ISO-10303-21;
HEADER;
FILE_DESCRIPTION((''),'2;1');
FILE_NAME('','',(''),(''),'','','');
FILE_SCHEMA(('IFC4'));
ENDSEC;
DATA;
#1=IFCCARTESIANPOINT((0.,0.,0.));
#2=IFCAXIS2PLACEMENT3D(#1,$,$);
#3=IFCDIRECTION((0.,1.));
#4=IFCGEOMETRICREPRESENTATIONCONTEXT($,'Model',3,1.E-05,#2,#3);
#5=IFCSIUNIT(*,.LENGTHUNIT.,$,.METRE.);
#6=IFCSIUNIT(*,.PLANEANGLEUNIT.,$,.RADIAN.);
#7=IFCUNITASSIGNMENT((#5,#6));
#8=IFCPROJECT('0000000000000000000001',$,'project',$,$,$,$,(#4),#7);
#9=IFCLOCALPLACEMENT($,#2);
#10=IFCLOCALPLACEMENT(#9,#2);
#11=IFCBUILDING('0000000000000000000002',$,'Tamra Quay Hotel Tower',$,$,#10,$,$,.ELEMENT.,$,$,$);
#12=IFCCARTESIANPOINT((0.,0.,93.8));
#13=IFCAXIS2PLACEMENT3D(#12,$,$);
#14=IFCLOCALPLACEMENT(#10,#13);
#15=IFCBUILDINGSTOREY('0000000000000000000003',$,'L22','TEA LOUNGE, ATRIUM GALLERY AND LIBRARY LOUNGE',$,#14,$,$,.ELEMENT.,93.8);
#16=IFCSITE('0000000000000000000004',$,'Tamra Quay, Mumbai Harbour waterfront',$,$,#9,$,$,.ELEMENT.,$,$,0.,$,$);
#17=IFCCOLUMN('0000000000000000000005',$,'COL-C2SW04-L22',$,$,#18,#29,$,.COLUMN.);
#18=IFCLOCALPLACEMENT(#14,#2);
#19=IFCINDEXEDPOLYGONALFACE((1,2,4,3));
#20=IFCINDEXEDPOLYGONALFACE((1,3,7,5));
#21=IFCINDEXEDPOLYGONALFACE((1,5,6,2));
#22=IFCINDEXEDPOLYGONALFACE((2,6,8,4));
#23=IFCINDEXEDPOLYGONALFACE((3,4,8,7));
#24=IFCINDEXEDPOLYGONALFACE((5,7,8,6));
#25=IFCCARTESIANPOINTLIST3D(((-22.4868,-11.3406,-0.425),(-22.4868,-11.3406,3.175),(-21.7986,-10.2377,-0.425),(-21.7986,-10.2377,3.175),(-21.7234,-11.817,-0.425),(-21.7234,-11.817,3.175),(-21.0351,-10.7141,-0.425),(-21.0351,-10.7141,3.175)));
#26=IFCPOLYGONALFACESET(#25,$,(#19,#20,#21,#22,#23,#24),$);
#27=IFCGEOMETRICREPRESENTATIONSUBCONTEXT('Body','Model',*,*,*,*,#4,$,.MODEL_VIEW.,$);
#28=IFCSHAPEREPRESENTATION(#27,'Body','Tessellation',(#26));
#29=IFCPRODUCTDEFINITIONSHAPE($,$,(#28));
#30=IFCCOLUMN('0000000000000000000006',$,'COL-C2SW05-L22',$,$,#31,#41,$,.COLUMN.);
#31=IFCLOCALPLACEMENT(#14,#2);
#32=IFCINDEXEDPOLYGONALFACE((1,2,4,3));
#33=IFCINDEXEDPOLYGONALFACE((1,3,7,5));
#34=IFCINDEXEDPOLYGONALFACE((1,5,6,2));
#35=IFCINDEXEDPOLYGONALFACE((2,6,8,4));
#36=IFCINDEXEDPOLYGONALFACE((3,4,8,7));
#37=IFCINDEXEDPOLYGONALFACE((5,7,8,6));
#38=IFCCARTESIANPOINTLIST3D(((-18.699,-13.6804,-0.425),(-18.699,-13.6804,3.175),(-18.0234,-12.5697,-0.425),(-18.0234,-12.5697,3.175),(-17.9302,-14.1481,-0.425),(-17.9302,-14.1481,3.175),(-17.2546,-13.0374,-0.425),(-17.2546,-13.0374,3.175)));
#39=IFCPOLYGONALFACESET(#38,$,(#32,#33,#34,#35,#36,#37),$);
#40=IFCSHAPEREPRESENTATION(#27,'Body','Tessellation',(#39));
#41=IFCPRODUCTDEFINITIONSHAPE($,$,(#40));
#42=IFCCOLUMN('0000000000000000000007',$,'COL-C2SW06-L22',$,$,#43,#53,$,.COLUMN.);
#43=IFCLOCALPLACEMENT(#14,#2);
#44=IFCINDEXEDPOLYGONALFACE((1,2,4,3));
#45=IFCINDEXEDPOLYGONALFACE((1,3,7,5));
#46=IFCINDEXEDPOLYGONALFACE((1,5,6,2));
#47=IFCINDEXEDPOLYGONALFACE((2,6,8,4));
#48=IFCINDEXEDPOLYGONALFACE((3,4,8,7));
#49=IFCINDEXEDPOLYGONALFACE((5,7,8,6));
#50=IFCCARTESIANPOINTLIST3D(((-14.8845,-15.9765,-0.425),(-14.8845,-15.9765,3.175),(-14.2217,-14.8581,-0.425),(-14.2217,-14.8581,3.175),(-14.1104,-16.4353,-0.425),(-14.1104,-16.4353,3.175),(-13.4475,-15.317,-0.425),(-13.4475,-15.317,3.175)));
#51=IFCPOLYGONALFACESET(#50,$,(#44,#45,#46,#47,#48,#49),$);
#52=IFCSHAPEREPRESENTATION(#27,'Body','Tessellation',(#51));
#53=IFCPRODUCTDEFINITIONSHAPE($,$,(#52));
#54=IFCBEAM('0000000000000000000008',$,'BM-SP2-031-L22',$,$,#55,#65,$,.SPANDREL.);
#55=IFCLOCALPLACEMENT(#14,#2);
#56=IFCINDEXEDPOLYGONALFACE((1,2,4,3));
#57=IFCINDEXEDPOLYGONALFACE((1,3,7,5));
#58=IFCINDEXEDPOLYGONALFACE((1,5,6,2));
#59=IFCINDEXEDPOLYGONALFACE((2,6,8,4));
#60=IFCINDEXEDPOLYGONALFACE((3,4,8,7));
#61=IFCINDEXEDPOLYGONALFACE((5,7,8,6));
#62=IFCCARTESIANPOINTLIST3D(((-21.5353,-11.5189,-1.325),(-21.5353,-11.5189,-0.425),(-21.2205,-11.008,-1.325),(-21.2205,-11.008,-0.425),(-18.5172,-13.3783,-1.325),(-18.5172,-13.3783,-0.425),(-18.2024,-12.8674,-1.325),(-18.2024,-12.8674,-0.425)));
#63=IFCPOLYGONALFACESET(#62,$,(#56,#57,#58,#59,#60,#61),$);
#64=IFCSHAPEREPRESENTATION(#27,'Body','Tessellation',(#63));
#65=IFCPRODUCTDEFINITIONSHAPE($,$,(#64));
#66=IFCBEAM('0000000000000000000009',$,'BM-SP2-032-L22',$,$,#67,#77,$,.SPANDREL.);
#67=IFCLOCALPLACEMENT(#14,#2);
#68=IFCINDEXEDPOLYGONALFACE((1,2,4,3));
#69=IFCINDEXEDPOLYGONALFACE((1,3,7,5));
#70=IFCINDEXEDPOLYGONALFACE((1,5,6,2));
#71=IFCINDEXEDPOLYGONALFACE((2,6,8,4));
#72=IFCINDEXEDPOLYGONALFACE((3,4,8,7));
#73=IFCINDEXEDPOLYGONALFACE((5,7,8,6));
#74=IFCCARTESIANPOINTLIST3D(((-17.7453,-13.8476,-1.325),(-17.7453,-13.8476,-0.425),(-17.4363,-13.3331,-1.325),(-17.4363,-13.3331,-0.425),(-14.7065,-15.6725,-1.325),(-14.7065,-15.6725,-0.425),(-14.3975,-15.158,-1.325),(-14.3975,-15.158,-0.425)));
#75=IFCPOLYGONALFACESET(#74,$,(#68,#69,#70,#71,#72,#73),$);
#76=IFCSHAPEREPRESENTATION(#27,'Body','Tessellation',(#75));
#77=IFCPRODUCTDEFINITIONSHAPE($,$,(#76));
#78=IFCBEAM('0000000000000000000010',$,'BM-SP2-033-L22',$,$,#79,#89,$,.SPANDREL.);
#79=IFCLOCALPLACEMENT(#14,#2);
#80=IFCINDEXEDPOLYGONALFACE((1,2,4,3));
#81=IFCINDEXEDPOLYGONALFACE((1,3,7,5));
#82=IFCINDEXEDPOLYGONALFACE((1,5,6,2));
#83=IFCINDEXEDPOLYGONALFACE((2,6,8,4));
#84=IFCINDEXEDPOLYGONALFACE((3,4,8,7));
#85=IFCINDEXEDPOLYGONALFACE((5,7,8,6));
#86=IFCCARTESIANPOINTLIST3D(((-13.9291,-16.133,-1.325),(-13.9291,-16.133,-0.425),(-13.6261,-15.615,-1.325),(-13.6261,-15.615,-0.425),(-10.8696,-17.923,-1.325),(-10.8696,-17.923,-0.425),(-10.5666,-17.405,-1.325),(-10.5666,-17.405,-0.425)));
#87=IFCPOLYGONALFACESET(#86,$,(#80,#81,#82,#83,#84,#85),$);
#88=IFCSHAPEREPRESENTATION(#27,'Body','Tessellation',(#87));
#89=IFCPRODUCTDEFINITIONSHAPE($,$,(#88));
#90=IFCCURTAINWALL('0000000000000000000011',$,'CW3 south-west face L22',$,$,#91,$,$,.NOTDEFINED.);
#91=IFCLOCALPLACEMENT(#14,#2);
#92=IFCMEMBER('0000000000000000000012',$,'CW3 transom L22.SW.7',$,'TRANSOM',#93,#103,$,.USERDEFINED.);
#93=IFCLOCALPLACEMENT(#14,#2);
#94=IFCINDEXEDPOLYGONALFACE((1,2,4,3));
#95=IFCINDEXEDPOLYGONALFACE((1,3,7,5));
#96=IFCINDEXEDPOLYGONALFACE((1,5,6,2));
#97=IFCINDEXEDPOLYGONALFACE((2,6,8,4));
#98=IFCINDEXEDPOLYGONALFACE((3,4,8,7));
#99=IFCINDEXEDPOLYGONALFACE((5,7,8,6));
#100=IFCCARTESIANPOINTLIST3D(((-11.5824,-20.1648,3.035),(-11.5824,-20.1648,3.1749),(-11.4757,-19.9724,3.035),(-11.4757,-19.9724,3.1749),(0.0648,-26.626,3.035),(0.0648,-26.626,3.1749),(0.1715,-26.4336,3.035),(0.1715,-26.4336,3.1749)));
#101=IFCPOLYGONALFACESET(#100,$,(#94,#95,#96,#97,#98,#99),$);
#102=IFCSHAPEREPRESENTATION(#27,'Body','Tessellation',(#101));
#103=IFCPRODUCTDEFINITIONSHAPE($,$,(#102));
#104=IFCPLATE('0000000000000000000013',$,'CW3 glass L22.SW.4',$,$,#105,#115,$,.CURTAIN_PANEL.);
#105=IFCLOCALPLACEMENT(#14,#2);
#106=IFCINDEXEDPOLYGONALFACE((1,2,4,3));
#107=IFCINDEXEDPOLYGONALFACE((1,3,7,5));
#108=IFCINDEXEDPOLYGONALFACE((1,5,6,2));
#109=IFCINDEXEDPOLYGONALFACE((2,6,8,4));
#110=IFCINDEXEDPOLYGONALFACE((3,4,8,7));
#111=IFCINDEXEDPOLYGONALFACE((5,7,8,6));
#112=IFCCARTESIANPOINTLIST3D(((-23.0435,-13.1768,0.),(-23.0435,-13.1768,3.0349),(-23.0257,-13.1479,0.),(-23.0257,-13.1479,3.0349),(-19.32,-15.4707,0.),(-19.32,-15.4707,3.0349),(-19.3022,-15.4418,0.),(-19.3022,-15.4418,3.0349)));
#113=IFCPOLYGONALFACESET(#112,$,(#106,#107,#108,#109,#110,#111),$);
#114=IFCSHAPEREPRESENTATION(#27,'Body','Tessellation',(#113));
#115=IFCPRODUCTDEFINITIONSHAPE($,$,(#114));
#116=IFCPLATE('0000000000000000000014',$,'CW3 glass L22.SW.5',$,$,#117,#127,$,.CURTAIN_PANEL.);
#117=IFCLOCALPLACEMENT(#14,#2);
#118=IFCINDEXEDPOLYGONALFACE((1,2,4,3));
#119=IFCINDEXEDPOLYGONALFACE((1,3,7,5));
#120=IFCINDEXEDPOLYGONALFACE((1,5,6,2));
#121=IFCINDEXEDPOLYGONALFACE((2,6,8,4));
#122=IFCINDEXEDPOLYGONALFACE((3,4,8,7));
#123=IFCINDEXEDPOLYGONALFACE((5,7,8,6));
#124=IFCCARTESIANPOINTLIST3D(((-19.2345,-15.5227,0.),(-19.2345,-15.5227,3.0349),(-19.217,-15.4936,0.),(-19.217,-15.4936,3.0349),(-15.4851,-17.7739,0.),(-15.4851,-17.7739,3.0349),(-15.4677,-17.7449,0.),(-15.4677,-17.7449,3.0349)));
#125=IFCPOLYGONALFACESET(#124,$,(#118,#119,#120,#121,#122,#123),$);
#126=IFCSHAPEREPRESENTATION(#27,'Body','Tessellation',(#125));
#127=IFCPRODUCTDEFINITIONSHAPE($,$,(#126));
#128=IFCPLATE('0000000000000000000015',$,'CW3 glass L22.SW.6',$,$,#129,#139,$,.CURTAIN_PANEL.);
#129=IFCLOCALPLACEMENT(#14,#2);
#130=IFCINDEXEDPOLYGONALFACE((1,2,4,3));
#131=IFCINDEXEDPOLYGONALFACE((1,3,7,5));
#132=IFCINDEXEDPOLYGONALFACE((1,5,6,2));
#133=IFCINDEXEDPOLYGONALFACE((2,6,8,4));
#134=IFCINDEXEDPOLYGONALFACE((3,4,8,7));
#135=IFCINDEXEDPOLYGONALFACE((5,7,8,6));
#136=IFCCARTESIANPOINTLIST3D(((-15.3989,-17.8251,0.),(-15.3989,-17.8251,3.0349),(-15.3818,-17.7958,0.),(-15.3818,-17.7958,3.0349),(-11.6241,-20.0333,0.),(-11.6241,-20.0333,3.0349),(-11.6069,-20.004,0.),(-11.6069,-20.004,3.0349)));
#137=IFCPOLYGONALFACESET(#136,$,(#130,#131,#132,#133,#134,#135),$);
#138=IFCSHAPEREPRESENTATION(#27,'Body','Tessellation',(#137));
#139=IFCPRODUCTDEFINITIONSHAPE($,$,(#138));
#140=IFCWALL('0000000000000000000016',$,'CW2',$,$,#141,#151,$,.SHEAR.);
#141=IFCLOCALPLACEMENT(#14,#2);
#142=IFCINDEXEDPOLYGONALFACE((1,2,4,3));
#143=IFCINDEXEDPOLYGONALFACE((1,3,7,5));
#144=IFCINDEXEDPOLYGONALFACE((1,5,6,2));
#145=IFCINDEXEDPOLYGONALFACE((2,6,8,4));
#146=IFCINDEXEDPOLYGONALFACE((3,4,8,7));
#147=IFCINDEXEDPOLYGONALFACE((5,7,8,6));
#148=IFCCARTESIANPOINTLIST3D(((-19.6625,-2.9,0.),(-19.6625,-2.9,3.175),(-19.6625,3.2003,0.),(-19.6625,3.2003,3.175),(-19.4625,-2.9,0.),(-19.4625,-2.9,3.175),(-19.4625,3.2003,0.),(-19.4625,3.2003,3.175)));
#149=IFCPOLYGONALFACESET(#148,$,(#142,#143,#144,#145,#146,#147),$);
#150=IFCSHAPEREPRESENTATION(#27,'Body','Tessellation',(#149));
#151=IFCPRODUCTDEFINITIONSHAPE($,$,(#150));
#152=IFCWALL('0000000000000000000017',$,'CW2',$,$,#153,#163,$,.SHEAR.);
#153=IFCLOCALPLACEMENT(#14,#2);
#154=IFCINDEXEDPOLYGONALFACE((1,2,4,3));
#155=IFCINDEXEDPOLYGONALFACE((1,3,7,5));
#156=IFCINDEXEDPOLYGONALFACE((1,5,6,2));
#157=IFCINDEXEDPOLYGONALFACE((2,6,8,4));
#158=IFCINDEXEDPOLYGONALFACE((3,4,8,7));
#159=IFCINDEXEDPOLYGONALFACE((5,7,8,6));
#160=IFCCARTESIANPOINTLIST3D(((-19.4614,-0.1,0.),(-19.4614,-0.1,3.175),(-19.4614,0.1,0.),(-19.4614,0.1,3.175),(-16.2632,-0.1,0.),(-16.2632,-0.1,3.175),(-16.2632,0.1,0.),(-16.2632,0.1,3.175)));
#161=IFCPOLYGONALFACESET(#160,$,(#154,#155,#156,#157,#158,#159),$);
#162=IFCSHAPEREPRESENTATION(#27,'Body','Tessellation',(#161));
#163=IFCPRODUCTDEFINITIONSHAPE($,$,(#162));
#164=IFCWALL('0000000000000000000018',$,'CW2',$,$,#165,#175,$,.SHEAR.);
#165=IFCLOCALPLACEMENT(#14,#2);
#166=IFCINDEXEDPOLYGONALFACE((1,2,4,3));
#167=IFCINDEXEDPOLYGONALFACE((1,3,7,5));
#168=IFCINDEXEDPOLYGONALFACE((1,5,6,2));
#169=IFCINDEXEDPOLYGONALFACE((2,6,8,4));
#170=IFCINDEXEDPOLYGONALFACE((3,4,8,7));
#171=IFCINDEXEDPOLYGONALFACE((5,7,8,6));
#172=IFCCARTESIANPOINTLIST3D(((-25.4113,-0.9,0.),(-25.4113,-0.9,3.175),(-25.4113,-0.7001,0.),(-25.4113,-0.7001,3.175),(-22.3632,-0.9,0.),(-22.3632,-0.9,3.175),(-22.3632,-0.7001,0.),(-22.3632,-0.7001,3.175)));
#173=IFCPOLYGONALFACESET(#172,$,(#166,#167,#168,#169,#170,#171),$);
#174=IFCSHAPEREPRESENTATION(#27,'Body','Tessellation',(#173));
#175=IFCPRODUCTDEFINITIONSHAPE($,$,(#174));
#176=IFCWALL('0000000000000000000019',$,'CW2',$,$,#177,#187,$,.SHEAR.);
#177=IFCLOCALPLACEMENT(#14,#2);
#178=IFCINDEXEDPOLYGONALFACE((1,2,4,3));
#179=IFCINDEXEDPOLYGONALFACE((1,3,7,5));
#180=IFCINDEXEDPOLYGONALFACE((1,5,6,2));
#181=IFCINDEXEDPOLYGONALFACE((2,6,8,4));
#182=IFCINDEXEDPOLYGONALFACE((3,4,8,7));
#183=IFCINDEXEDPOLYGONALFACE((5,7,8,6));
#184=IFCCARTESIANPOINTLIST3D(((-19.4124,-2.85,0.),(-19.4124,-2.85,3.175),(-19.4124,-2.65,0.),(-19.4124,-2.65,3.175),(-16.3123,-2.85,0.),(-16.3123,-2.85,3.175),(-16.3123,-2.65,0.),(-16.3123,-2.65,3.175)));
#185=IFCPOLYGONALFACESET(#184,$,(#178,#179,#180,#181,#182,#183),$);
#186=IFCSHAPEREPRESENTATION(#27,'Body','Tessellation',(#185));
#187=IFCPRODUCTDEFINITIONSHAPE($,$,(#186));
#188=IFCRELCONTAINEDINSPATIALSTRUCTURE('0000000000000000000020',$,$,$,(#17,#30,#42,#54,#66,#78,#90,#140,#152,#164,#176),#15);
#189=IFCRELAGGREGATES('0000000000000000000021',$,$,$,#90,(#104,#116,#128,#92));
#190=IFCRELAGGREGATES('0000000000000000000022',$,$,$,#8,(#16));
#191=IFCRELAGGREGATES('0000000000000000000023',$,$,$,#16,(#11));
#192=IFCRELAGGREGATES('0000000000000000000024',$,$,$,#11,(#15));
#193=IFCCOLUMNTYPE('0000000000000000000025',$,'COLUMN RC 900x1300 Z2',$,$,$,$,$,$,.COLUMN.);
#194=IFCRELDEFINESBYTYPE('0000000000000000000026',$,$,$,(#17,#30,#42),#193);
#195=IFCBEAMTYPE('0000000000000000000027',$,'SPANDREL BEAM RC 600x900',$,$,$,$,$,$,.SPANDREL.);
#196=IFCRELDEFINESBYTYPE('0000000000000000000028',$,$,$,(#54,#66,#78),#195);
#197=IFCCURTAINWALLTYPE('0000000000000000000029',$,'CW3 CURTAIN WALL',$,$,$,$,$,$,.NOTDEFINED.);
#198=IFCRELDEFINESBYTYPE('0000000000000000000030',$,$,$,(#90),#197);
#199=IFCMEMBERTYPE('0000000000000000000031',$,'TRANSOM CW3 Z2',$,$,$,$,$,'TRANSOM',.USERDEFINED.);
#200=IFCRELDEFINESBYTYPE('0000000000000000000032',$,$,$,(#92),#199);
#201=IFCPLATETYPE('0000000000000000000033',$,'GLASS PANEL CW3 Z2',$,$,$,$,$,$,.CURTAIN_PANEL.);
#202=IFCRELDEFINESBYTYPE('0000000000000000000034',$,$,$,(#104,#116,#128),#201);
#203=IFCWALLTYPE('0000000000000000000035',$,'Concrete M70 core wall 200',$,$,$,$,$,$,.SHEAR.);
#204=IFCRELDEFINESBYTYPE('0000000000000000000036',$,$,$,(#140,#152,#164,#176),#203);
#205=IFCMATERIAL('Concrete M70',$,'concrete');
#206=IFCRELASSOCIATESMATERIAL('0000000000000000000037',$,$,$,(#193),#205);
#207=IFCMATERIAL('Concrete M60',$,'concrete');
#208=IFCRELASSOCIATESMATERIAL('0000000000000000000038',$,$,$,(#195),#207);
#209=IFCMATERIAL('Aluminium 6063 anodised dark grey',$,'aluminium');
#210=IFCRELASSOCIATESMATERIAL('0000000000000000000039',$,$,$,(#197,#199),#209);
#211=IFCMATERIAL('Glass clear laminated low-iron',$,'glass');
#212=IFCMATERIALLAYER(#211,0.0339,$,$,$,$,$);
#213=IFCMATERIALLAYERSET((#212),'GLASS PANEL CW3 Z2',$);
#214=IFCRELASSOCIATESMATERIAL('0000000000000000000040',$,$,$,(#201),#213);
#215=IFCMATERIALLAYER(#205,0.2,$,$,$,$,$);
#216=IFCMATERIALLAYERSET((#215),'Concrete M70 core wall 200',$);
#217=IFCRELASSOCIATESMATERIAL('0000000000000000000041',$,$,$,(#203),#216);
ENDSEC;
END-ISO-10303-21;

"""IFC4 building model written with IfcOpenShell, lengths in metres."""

from ifc_helpers import new_model, si_unit, direction, frame, frame_2d, origin, origin_2d, place, context, subcontext, project, spatial, rectangle, extrude, material, layer, layer_set, material_profile, profile_set, type_object, element, aggregate, save


model = new_model("IFC4")

# Units and contexts
model_context = context("Model", 3, precision=1e-05, world=origin(), true_north=direction((0.0, 1.0)))
body_context = subcontext(model_context, "Body", "Model", "MODEL_VIEW")
ifc_project = project(units=[si_unit("LENGTHUNIT", "METRE"), si_unit("PLANEANGLEUNIT", "RADIAN")], contexts=[model_context])

# Site, building, storey
site_placement = place(None, origin())
site = spatial("IfcSite", under=ifc_project, at=site_placement, Name="Tamra Quay, Mumbai Harbour waterfront", CompositionType="ELEMENT", RefElevation=0.0)
building_placement = place(site_placement, origin())
building = spatial("IfcBuilding", under=site, at=building_placement, Name="Tamra Quay Hotel Tower", CompositionType="ELEMENT")
storey_placement = place(building_placement, frame((0.0, 0.0, 93.8)))
storey = spatial("IfcBuildingStorey", under=building, at=storey_placement, Name="L22", Description="TEA LOUNGE, ATRIUM GALLERY AND LIBRARY LOUNGE", CompositionType="ELEMENT", Elevation=93.8)

# Columns
ifc_material_1 = material(Name="Concrete M70", Category="concrete")
ifc_material_profile_1 = material_profile(ifc_material_1, rectangle(XDim=1.3, YDim=0.8999, at=origin_2d()), Name="COLUMN RC 900x1300 Z2")
ifc_profile_set_1 = profile_set([ifc_material_profile_1], Name="Concrete M70")
column_type = type_object("IfcColumnType", Name="COLUMN RC 900x1300 Z2", PredefinedType="COLUMN", material=ifc_profile_set_1)
for number, where, z_axis, x_axis, name in (
    (1, (-21.761, -11.0273, -0.425), (0.0, 0.0, 1.0), (0.52941, 0.848366, 0.0), "COL-C2SW04-L22"),
    (2, (-17.9768, -13.3589, -0.425), (0.0, 0.0, 1.0), (0.519679, 0.854362, 0.0), "COL-C2SW05-L22"),
    (3, (-14.166, -15.6467, -0.425), (0.0, 0.0, 1.0), (0.509873, 0.860249, 0.0), "COL-C2SW06-L22"),
):
    element("IfcColumn", number, at=place(storey_placement, frame(where, z_axis=z_axis, x_axis=x_axis)), inside=storey, type_object=column_type, Name=name, PredefinedType="COLUMN", context=body_context, shape_type="SweptSolid", body=[
        extrude(rectangle(XDim=1.3, YDim=0.8999, at=origin_2d()), origin(), (0.0, 0.0, 1.0), 3.6001),
    ])

# Beams
ifc_material_2 = material(Name="Concrete M60", Category="concrete")
ifc_material_profile_2 = material_profile(ifc_material_2, rectangle(XDim=0.6001, YDim=0.8999, at=origin_2d()), Name="SPANDREL BEAM RC 600x900")
ifc_profile_set_2 = profile_set([ifc_material_profile_2], Name="Concrete M60")
beam_type = type_object("IfcBeamType", Name="SPANDREL BEAM RC 600x900", PredefinedType="SPANDREL", material=ifc_profile_set_2)
beam_placement = place(storey_placement, frame((-21.3779, -11.2634, -0.875), z_axis=(0.851393, -0.524528, 0.0), x_axis=(0.524528, 0.851393, 0.0)))
element("IfcBeam", 4, at=beam_placement, inside=storey, type_object=beam_type, Name="BM-SP2-031-L22", PredefinedType="SPANDREL", context=body_context, shape_type="SweptSolid", body=[
    extrude(rectangle(XDim=0.6001, YDim=0.8999, at=origin_2d()), origin(), (0.0, 0.0, 1.0), 3.5449),
])
for number, where, z_axis, x_axis, name in (
    (5, (-17.5908, -13.5903, -0.875), (0.857286, -0.51484, 0.0), (0.51484, 0.857286, 0.0), "BM-SP2-032-L22"),
    (6, (-13.7776, -15.874, -0.875), (0.863129, -0.504984, 0.0), (0.504984, 0.863129, 0.0), "BM-SP2-033-L22"),
):
    element("IfcBeam", number, at=place(storey_placement, frame(where, z_axis=z_axis, x_axis=x_axis)), inside=storey, type_object=beam_type, Name=name, PredefinedType="SPANDREL", context=body_context, shape_type="SweptSolid", body=[
        extrude(rectangle(XDim=0.6001, YDim=0.8999, at=origin_2d()), origin(), (0.0, 0.0, 1.0), 3.5447),
    ])

# Curtain wall, member, plates
ifc_material_3 = material(Name="Aluminium 6063 anodised dark grey", Category="aluminium")
curtain_wall_type = type_object("IfcCurtainWallType", Name="CW3 CURTAIN WALL", PredefinedType="NOTDEFINED", material=ifc_material_3)
curtain_wall_placement = place(storey_placement, origin())
curtain_wall = element("IfcCurtainWall", 7, at=curtain_wall_placement, inside=storey, type_object=curtain_wall_type, Name="CW3 south-west face L22", PredefinedType="NOTDEFINED")
ifc_material_profile_3 = material_profile(ifc_material_3, rectangle(XDim=0.22, YDim=0.1399, at=origin_2d()), Name="TRANSOM 220X140")
ifc_profile_set_3 = profile_set([ifc_material_profile_3], Name="Aluminium 6063 anodised dark grey")
member_type = type_object("IfcMemberType", Name="TRANSOM CW3 Z2", ElementType="TRANSOM", PredefinedType="USERDEFINED", material=ifc_profile_set_3)
member_placement = place(storey_placement, frame((-11.5291, -20.0686, 3.105), z_axis=(0.87446, -0.485098, 0.0), x_axis=(0.485098, 0.87446, 0.0)))
member = element("IfcMember", 8, at=member_placement, type_object=member_type, Name="CW3 transom L22.SW.7", ObjectType="TRANSOM", PredefinedType="USERDEFINED", context=body_context, shape_type="SweptSolid", body=[
    extrude(rectangle(XDim=0.22, YDim=0.1399, at=origin_2d()), origin(), (0.0, 0.0, 1.0), 13.3193),
])
ifc_material_4 = material(Name="Glass clear laminated low-iron", Category="glass")
ifc_layer_1 = layer(ifc_material_4, 0.0339)
ifc_layer_set_1 = layer_set([ifc_layer_1], Name="GLASS PANEL CW3 Z2")
plate_type = type_object("IfcPlateType", Name="GLASS PANEL CW3 Z2", PredefinedType="CURTAIN_PANEL", material=ifc_layer_set_1)
plate_1_placement = place(storey_placement, frame((-21.1729, -14.3093, 0.0), z_axis=(0.0, 0.0, 1.0), x_axis=(0.851399, -0.524518, 0.0)))
plate_1 = element("IfcPlate", 9, at=plate_1_placement, type_object=plate_type, Name="CW3 glass L22.SW.4", PredefinedType="CURTAIN_PANEL", context=body_context, shape_type="SweptSolid", body=[
    extrude(rectangle(XDim=4.3733, YDim=0.0339, at=origin_2d()), origin(), (0.0, 0.0, 1.0), 3.0349),
])
plate_2_placement = place(storey_placement, frame((-17.3511, -16.6338, 0.0), z_axis=(0.0, 0.0, 1.0), x_axis=(0.857331, -0.514765, 0.0)))
plate_2 = element("IfcPlate", 10, at=plate_2_placement, type_object=plate_type, Name="CW3 glass L22.SW.5", PredefinedType="CURTAIN_PANEL", context=body_context, shape_type="SweptSolid", body=[
    extrude(rectangle(XDim=4.3733, YDim=0.0339, at=origin_2d()), origin(), (0.0, 0.0, 1.0), 3.0349),
])
plate_3_placement = place(storey_placement, frame((-13.5029, -18.9146, 0.0), z_axis=(0.0, 0.0, 1.0), x_axis=(0.863155, -0.504939, 0.0)))
plate_3 = element("IfcPlate", 11, at=plate_3_placement, type_object=plate_type, Name="CW3 glass L22.SW.6", PredefinedType="CURTAIN_PANEL", context=body_context, shape_type="SweptSolid", body=[
    extrude(rectangle(XDim=4.3733, YDim=0.0339, at=origin_2d()), origin(), (0.0, 0.0, 1.0), 3.0349),
])
aggregate(curtain_wall, [plate_1, plate_2, plate_3, member])

# Walls
ifc_layer_2 = layer(ifc_material_1, 0.2)
ifc_layer_set_2 = layer_set([ifc_layer_2], Name="Concrete M70 core wall 200")
wall_type_1 = type_object("IfcWallType", Name="Concrete M70 core wall 200", PredefinedType="SHEAR", material=ifc_layer_set_2)
wall_1_placement = place(storey_placement, frame((-19.5625, -2.9001, 0.0), z_axis=(0.0, 0.0, 1.0), x_axis=(0.0, 1.0, 0.0)))
element("IfcWall", 12, at=wall_1_placement, inside=storey, type_object=wall_type_1, Name="CW2", PredefinedType="SHEAR", context=body_context, shape_type="SweptSolid", body=[
    extrude(rectangle(XDim=6.1003, YDim=0.2, at=frame_2d((3.0503, 0.0))), origin(), (0.0, 0.0, 1.0), 3.175),
])
wall_2_placement = place(storey_placement, frame((-16.2632, 0.0, 0.0), z_axis=(0.0, 0.0, 1.0), x_axis=(-1.0, 0.0, 0.0)))
element("IfcWall", 13, at=wall_2_placement, inside=storey, type_object=wall_type_1, Name="CW2", PredefinedType="SHEAR", context=body_context, shape_type="SweptSolid", body=[
    extrude(rectangle(XDim=3.1982, YDim=0.2, at=frame_2d((1.5991, 0.0))), origin(), (0.0, 0.0, 1.0), 3.175),
])
wall_3_placement = place(storey_placement, frame((-22.3633, -0.8, 0.0), z_axis=(0.0, 0.0, 1.0), x_axis=(-1.0, 0.0, 0.0)))
element("IfcWall", 14, at=wall_3_placement, inside=storey, type_object=wall_type_1, Name="CW2", PredefinedType="SHEAR", context=body_context, shape_type="SweptSolid", body=[
    extrude(rectangle(XDim=3.0481, YDim=0.2, at=frame_2d((1.5239, 0.0))), origin(), (0.0, 0.0, 1.0), 3.175),
])
wall_4_placement = place(storey_placement, frame((-19.4124, -2.75, 0.0), z_axis=(0.0, 0.0, 1.0), x_axis=(1.0, 0.0, 0.0)))
element("IfcWall", 15, at=wall_4_placement, inside=storey, type_object=wall_type_1, Name="CW2", PredefinedType="SHEAR", context=body_context, shape_type="SweptSolid", body=[
    extrude(rectangle(XDim=3.1001, YDim=0.2, at=frame_2d((1.55, 0.0))), origin(), (0.0, 0.0, 1.0), 3.175),
])

save(model, "model.ifc")
